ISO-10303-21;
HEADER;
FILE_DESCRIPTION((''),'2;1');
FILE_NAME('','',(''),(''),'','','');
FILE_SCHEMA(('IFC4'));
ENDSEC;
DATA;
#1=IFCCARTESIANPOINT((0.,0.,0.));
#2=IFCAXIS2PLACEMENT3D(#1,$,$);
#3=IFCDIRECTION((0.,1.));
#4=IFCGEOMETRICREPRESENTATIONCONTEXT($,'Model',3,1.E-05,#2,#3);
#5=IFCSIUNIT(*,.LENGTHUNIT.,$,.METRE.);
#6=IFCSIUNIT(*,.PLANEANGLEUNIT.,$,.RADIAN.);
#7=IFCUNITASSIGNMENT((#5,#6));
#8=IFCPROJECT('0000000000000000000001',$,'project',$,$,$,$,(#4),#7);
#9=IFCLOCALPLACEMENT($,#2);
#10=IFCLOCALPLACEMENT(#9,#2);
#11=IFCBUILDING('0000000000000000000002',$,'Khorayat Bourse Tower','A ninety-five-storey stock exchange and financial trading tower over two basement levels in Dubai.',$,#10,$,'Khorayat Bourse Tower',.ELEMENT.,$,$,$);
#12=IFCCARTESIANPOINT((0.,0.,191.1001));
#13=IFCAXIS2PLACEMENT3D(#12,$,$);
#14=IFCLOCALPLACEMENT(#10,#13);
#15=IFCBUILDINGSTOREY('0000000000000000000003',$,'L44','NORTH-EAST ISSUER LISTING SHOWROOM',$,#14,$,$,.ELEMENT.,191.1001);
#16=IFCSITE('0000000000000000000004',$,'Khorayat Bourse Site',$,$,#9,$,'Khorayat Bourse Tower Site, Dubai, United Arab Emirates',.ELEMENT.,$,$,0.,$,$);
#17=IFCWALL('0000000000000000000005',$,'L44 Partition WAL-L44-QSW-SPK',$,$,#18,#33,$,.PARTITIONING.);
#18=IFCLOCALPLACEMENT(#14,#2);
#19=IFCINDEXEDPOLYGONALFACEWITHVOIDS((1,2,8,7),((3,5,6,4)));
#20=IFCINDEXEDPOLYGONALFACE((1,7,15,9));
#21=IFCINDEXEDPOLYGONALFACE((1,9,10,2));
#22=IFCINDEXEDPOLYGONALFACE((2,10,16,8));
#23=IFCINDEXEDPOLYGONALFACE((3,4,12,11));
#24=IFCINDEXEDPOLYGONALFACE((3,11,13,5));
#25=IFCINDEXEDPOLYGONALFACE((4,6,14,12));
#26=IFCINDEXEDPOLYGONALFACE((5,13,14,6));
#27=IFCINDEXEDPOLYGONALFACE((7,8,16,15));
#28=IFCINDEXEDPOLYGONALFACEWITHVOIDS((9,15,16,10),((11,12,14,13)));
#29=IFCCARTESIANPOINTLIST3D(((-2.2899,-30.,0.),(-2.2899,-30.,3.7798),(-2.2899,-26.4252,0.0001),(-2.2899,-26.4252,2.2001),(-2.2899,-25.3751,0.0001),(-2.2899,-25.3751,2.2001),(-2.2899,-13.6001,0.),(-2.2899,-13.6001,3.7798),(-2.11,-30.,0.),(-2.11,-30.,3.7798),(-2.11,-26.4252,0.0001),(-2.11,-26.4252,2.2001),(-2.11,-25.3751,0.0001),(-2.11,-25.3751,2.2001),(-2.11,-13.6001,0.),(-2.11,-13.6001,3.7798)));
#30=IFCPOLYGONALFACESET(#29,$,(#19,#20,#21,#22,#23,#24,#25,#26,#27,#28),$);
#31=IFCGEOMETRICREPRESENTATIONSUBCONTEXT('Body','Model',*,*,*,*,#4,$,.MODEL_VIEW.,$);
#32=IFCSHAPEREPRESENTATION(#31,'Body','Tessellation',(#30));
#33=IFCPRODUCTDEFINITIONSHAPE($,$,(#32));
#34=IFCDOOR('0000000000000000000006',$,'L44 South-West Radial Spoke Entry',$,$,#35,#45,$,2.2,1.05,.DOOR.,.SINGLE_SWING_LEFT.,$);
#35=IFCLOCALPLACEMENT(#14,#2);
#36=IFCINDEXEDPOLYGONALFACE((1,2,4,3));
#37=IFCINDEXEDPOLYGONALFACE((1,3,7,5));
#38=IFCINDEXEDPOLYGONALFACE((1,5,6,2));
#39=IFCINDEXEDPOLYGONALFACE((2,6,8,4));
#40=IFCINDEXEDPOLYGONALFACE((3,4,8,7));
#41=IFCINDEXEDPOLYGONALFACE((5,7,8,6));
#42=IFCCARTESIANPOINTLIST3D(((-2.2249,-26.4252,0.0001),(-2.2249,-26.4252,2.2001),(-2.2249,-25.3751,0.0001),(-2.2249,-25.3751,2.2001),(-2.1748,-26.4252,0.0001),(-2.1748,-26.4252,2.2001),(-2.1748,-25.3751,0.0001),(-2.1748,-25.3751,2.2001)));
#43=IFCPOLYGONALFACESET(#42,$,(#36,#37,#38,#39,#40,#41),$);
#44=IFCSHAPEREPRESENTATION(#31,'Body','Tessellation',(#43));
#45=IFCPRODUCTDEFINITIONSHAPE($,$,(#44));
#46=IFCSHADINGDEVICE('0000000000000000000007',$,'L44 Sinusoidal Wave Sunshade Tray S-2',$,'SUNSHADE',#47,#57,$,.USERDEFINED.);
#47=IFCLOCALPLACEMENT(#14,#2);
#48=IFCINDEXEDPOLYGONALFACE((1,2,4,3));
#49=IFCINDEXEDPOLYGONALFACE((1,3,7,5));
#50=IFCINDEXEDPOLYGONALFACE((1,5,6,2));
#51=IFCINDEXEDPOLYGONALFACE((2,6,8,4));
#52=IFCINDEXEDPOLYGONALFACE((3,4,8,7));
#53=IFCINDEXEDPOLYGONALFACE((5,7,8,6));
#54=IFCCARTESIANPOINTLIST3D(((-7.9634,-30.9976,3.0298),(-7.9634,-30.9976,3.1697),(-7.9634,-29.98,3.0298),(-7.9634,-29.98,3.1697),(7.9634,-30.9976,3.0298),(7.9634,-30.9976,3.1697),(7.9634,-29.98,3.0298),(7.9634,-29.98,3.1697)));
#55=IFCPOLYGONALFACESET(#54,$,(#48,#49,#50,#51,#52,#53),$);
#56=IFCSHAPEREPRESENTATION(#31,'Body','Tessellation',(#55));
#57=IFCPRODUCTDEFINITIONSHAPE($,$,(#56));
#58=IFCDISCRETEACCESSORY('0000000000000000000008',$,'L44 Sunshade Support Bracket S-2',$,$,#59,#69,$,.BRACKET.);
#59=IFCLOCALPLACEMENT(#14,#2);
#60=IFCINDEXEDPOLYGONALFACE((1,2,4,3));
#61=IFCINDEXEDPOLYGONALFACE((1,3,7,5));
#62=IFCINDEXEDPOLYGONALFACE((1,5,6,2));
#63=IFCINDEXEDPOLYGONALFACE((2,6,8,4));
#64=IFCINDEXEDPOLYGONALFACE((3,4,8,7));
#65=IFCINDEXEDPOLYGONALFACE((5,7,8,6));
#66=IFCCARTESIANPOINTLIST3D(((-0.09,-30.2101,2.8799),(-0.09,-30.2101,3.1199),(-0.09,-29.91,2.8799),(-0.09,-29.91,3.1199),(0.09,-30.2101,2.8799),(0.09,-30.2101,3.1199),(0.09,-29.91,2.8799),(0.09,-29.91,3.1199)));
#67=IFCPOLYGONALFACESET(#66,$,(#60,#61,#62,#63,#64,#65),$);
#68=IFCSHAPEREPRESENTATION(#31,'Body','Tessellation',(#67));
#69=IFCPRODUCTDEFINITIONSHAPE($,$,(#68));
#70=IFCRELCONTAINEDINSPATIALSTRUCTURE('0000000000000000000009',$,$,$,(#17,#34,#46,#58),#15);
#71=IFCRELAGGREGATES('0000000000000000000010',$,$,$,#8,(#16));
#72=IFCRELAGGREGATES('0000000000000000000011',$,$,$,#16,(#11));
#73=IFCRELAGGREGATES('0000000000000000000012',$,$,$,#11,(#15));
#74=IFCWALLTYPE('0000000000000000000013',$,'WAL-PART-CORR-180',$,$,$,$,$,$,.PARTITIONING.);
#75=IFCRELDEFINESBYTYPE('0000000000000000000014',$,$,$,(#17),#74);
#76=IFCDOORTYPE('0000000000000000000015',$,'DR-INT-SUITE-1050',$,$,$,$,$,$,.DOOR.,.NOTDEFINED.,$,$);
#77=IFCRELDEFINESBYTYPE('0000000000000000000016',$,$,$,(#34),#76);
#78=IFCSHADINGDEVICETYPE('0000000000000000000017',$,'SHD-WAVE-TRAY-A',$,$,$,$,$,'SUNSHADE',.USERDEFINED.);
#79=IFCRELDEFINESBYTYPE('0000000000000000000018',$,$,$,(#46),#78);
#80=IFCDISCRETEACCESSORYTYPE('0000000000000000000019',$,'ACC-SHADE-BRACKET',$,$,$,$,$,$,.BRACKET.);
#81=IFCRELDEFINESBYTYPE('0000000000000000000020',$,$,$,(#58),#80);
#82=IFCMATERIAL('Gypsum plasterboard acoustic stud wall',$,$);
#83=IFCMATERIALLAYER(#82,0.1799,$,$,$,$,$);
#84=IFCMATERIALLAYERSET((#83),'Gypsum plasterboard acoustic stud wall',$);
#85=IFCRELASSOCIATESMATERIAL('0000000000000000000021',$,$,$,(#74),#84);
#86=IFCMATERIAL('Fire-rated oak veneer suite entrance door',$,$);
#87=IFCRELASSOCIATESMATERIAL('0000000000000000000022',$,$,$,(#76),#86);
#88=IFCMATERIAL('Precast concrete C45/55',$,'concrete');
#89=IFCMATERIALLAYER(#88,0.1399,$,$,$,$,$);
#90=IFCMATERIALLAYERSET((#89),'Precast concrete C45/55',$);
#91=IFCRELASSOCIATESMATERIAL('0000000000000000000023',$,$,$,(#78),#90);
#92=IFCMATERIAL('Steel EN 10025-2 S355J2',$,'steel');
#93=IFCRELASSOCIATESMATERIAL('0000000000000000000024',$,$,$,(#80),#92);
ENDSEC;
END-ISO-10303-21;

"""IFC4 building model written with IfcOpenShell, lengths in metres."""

from ifc_helpers import new_model, si_unit, direction, frame, frame_2d, origin, origin_2d, place, context, subcontext, project, spatial, rectangle, extrude, source, transform, mapped, material, layer, layer_set, type_object, element, fill, save


model = new_model("IFC4")

# Units and contexts
model_context = context("Model", 3, precision=1e-05, world=origin(), true_north=direction((0.0, 1.0)))
body_context = subcontext(model_context, "Body", "Model", "MODEL_VIEW")
ifc_project = project(units=[si_unit("LENGTHUNIT", "METRE"), si_unit("PLANEANGLEUNIT", "RADIAN")], contexts=[model_context])

# Site, building, storey
site_placement = place(None, origin())
site = spatial("IfcSite", under=ifc_project, at=site_placement, Name="Khorayat Bourse Site", LongName="Khorayat Bourse Tower Site, Dubai, United Arab Emirates", CompositionType="ELEMENT", RefElevation=0.0)
building_placement = place(site_placement, origin())
building = spatial("IfcBuilding", under=site, at=building_placement, Name="Khorayat Bourse Tower", Description="A ninety-five-storey stock exchange and financial trading tower over two basement levels in Dubai.", LongName="Khorayat Bourse Tower", CompositionType="ELEMENT")
storey_placement = place(building_placement, frame((0.0, 0.0, 191.1001)))
storey = spatial("IfcBuildingStorey", under=building, at=storey_placement, Name="L44", Description="NORTH-EAST ISSUER LISTING SHOWROOM", CompositionType="ELEMENT", Elevation=191.1001)

# Shared definitions
ifc_material_1 = material(Name="Steel EN 10025-2 S355J2", Category="steel")

# Wall, opening, door
ifc_material_2 = material(Name="Gypsum plasterboard acoustic stud wall")
ifc_layer_1 = layer(ifc_material_2, 0.1799)
ifc_layer_set_1 = layer_set([ifc_layer_1], Name="Gypsum plasterboard acoustic stud wall")
wall_type_1 = type_object("IfcWallType", Name="WAL-PART-CORR-180", PredefinedType="PARTITIONING", material=ifc_layer_set_1)
shared_shape_1 = source(origin(), body_context, "Body", "SweptSolid", [
    extrude(rectangle(XDim=16.3999, YDim=0.1799, at=frame_2d((8.2, 0.0))), origin(), (0.0, 0.0, 1.0), 3.7798),
])
wall_1_placement = place(storey_placement, frame((-2.2, -30.0, 0.0), z_axis=(0.0, 0.0, 1.0), x_axis=(0.0, 1.0, 0.0)))
wall_1 = element("IfcWall", 1, at=wall_1_placement, inside=storey, type_object=wall_type_1, Name="L44 Partition WAL-L44-QSW-SPK", PredefinedType="PARTITIONING", context=body_context, shape_type="MappedRepresentation", body=[
    mapped(shared_shape_1, transform((0.0, 0.0, 0.0), scale=1.0)),
])
shared_shape_2 = source(origin(), body_context, "Body", "SweptSolid", [
    extrude(rectangle(XDim=1.05, YDim=2.2, at=frame_2d((0.5249, 1.1001))), frame((0.0, 0.0999, 0.0), z_axis=(0.0, -1.0, 0.0), x_axis=(1.0, 0.0, 0.0)), (0.0, 0.0, 1.0), 0.2),
])
opening_1_placement = place(wall_1_placement, frame((3.575, 0.0, 0.0)))
opening_1 = element("IfcOpeningElement", 2, at=opening_1_placement, cuts=wall_1, PredefinedType="OPENING", context=body_context, shape_type="MappedRepresentation", body=[
    mapped(shared_shape_2, transform((0.0, 0.0, 0.0), scale=1.0)),
])
ifc_material_3 = material(Name="Fire-rated oak veneer suite entrance door")
door_type_1 = type_object("IfcDoorType", Name="DR-INT-SUITE-1050", OperationType="NOTDEFINED", PredefinedType="DOOR", material=ifc_material_3)
shared_shape_3 = source(origin(), body_context, "Body", "SweptSolid", [
    extrude(rectangle(XDim=1.05, YDim=2.2, at=frame_2d((0.5249, 1.1001))), frame((0.0, 0.0249, 0.0), z_axis=(0.0, -1.0, 0.0), x_axis=(1.0, 0.0, 0.0)), (0.0, 0.0, 1.0), 0.05),
])
door_1_placement = place(opening_1_placement, origin())
door_1 = element("IfcDoor", 3, at=door_1_placement, inside=storey, type_object=door_type_1, Name="L44 South-West Radial Spoke Entry", OperationType="SINGLE_SWING_LEFT", OverallHeight=2.2, OverallWidth=1.05, PredefinedType="DOOR", context=body_context, shape_type="MappedRepresentation", body=[
    mapped(shared_shape_3, transform((0.0, 0.0, 0.0), scale=1.0)),
])
fill(opening_1, door_1)

# Shading device
ifc_material_4 = material(Name="Precast concrete C45/55", Category="concrete")
ifc_layer_2 = layer(ifc_material_4, 0.1399)
ifc_layer_set_2 = layer_set([ifc_layer_2], Name="Precast concrete C45/55")
shading_device_type = type_object("IfcShadingDeviceType", Name="SHD-WAVE-TRAY-A", ElementType="SUNSHADE", PredefinedType="USERDEFINED", material=ifc_layer_set_2)
shared_shape_4 = source(origin(), body_context, "Body", "SweptSolid", [
    extrude(rectangle(XDim=15.9268, YDim=1.0176, at=origin_2d()), origin(), (0.0, 0.0, 1.0), 0.1399),
])
shading_device_placement = place(storey_placement, frame((0.0, -30.4888, 3.0298), z_axis=(0.0, 0.0, 1.0), x_axis=(1.0, 0.0, 0.0)))
element("IfcShadingDevice", 4, at=shading_device_placement, inside=storey, type_object=shading_device_type, Name="L44 Sinusoidal Wave Sunshade Tray S-2", ObjectType="SUNSHADE", PredefinedType="USERDEFINED", context=body_context, shape_type="MappedRepresentation", body=[
    mapped(shared_shape_4, transform((0.0, 0.0, 0.0), scale=1.0)),
])

# Discrete accessory
discrete_accessory_type = type_object("IfcDiscreteAccessoryType", Name="ACC-SHADE-BRACKET", PredefinedType="BRACKET", material=ifc_material_1)
shared_shape_5 = source(origin(), body_context, "Body", "SweptSolid", [
    extrude(rectangle(XDim=0.1799, YDim=0.3, at=origin_2d()), origin(), (0.0, 0.0, 1.0), 0.24),
])
discrete_accessory_placement = place(storey_placement, frame((0.0, -30.0601, 2.8799), z_axis=(0.0, 0.0, 1.0), x_axis=(1.0, 0.0, 0.0)))
element("IfcDiscreteAccessory", 5, at=discrete_accessory_placement, inside=storey, type_object=discrete_accessory_type, Name="L44 Sunshade Support Bracket S-2", PredefinedType="BRACKET", context=body_context, shape_type="MappedRepresentation", body=[
    mapped(shared_shape_5, transform((0.0, 0.0, 0.0), scale=1.0)),
])

save(model, "model.ifc")
